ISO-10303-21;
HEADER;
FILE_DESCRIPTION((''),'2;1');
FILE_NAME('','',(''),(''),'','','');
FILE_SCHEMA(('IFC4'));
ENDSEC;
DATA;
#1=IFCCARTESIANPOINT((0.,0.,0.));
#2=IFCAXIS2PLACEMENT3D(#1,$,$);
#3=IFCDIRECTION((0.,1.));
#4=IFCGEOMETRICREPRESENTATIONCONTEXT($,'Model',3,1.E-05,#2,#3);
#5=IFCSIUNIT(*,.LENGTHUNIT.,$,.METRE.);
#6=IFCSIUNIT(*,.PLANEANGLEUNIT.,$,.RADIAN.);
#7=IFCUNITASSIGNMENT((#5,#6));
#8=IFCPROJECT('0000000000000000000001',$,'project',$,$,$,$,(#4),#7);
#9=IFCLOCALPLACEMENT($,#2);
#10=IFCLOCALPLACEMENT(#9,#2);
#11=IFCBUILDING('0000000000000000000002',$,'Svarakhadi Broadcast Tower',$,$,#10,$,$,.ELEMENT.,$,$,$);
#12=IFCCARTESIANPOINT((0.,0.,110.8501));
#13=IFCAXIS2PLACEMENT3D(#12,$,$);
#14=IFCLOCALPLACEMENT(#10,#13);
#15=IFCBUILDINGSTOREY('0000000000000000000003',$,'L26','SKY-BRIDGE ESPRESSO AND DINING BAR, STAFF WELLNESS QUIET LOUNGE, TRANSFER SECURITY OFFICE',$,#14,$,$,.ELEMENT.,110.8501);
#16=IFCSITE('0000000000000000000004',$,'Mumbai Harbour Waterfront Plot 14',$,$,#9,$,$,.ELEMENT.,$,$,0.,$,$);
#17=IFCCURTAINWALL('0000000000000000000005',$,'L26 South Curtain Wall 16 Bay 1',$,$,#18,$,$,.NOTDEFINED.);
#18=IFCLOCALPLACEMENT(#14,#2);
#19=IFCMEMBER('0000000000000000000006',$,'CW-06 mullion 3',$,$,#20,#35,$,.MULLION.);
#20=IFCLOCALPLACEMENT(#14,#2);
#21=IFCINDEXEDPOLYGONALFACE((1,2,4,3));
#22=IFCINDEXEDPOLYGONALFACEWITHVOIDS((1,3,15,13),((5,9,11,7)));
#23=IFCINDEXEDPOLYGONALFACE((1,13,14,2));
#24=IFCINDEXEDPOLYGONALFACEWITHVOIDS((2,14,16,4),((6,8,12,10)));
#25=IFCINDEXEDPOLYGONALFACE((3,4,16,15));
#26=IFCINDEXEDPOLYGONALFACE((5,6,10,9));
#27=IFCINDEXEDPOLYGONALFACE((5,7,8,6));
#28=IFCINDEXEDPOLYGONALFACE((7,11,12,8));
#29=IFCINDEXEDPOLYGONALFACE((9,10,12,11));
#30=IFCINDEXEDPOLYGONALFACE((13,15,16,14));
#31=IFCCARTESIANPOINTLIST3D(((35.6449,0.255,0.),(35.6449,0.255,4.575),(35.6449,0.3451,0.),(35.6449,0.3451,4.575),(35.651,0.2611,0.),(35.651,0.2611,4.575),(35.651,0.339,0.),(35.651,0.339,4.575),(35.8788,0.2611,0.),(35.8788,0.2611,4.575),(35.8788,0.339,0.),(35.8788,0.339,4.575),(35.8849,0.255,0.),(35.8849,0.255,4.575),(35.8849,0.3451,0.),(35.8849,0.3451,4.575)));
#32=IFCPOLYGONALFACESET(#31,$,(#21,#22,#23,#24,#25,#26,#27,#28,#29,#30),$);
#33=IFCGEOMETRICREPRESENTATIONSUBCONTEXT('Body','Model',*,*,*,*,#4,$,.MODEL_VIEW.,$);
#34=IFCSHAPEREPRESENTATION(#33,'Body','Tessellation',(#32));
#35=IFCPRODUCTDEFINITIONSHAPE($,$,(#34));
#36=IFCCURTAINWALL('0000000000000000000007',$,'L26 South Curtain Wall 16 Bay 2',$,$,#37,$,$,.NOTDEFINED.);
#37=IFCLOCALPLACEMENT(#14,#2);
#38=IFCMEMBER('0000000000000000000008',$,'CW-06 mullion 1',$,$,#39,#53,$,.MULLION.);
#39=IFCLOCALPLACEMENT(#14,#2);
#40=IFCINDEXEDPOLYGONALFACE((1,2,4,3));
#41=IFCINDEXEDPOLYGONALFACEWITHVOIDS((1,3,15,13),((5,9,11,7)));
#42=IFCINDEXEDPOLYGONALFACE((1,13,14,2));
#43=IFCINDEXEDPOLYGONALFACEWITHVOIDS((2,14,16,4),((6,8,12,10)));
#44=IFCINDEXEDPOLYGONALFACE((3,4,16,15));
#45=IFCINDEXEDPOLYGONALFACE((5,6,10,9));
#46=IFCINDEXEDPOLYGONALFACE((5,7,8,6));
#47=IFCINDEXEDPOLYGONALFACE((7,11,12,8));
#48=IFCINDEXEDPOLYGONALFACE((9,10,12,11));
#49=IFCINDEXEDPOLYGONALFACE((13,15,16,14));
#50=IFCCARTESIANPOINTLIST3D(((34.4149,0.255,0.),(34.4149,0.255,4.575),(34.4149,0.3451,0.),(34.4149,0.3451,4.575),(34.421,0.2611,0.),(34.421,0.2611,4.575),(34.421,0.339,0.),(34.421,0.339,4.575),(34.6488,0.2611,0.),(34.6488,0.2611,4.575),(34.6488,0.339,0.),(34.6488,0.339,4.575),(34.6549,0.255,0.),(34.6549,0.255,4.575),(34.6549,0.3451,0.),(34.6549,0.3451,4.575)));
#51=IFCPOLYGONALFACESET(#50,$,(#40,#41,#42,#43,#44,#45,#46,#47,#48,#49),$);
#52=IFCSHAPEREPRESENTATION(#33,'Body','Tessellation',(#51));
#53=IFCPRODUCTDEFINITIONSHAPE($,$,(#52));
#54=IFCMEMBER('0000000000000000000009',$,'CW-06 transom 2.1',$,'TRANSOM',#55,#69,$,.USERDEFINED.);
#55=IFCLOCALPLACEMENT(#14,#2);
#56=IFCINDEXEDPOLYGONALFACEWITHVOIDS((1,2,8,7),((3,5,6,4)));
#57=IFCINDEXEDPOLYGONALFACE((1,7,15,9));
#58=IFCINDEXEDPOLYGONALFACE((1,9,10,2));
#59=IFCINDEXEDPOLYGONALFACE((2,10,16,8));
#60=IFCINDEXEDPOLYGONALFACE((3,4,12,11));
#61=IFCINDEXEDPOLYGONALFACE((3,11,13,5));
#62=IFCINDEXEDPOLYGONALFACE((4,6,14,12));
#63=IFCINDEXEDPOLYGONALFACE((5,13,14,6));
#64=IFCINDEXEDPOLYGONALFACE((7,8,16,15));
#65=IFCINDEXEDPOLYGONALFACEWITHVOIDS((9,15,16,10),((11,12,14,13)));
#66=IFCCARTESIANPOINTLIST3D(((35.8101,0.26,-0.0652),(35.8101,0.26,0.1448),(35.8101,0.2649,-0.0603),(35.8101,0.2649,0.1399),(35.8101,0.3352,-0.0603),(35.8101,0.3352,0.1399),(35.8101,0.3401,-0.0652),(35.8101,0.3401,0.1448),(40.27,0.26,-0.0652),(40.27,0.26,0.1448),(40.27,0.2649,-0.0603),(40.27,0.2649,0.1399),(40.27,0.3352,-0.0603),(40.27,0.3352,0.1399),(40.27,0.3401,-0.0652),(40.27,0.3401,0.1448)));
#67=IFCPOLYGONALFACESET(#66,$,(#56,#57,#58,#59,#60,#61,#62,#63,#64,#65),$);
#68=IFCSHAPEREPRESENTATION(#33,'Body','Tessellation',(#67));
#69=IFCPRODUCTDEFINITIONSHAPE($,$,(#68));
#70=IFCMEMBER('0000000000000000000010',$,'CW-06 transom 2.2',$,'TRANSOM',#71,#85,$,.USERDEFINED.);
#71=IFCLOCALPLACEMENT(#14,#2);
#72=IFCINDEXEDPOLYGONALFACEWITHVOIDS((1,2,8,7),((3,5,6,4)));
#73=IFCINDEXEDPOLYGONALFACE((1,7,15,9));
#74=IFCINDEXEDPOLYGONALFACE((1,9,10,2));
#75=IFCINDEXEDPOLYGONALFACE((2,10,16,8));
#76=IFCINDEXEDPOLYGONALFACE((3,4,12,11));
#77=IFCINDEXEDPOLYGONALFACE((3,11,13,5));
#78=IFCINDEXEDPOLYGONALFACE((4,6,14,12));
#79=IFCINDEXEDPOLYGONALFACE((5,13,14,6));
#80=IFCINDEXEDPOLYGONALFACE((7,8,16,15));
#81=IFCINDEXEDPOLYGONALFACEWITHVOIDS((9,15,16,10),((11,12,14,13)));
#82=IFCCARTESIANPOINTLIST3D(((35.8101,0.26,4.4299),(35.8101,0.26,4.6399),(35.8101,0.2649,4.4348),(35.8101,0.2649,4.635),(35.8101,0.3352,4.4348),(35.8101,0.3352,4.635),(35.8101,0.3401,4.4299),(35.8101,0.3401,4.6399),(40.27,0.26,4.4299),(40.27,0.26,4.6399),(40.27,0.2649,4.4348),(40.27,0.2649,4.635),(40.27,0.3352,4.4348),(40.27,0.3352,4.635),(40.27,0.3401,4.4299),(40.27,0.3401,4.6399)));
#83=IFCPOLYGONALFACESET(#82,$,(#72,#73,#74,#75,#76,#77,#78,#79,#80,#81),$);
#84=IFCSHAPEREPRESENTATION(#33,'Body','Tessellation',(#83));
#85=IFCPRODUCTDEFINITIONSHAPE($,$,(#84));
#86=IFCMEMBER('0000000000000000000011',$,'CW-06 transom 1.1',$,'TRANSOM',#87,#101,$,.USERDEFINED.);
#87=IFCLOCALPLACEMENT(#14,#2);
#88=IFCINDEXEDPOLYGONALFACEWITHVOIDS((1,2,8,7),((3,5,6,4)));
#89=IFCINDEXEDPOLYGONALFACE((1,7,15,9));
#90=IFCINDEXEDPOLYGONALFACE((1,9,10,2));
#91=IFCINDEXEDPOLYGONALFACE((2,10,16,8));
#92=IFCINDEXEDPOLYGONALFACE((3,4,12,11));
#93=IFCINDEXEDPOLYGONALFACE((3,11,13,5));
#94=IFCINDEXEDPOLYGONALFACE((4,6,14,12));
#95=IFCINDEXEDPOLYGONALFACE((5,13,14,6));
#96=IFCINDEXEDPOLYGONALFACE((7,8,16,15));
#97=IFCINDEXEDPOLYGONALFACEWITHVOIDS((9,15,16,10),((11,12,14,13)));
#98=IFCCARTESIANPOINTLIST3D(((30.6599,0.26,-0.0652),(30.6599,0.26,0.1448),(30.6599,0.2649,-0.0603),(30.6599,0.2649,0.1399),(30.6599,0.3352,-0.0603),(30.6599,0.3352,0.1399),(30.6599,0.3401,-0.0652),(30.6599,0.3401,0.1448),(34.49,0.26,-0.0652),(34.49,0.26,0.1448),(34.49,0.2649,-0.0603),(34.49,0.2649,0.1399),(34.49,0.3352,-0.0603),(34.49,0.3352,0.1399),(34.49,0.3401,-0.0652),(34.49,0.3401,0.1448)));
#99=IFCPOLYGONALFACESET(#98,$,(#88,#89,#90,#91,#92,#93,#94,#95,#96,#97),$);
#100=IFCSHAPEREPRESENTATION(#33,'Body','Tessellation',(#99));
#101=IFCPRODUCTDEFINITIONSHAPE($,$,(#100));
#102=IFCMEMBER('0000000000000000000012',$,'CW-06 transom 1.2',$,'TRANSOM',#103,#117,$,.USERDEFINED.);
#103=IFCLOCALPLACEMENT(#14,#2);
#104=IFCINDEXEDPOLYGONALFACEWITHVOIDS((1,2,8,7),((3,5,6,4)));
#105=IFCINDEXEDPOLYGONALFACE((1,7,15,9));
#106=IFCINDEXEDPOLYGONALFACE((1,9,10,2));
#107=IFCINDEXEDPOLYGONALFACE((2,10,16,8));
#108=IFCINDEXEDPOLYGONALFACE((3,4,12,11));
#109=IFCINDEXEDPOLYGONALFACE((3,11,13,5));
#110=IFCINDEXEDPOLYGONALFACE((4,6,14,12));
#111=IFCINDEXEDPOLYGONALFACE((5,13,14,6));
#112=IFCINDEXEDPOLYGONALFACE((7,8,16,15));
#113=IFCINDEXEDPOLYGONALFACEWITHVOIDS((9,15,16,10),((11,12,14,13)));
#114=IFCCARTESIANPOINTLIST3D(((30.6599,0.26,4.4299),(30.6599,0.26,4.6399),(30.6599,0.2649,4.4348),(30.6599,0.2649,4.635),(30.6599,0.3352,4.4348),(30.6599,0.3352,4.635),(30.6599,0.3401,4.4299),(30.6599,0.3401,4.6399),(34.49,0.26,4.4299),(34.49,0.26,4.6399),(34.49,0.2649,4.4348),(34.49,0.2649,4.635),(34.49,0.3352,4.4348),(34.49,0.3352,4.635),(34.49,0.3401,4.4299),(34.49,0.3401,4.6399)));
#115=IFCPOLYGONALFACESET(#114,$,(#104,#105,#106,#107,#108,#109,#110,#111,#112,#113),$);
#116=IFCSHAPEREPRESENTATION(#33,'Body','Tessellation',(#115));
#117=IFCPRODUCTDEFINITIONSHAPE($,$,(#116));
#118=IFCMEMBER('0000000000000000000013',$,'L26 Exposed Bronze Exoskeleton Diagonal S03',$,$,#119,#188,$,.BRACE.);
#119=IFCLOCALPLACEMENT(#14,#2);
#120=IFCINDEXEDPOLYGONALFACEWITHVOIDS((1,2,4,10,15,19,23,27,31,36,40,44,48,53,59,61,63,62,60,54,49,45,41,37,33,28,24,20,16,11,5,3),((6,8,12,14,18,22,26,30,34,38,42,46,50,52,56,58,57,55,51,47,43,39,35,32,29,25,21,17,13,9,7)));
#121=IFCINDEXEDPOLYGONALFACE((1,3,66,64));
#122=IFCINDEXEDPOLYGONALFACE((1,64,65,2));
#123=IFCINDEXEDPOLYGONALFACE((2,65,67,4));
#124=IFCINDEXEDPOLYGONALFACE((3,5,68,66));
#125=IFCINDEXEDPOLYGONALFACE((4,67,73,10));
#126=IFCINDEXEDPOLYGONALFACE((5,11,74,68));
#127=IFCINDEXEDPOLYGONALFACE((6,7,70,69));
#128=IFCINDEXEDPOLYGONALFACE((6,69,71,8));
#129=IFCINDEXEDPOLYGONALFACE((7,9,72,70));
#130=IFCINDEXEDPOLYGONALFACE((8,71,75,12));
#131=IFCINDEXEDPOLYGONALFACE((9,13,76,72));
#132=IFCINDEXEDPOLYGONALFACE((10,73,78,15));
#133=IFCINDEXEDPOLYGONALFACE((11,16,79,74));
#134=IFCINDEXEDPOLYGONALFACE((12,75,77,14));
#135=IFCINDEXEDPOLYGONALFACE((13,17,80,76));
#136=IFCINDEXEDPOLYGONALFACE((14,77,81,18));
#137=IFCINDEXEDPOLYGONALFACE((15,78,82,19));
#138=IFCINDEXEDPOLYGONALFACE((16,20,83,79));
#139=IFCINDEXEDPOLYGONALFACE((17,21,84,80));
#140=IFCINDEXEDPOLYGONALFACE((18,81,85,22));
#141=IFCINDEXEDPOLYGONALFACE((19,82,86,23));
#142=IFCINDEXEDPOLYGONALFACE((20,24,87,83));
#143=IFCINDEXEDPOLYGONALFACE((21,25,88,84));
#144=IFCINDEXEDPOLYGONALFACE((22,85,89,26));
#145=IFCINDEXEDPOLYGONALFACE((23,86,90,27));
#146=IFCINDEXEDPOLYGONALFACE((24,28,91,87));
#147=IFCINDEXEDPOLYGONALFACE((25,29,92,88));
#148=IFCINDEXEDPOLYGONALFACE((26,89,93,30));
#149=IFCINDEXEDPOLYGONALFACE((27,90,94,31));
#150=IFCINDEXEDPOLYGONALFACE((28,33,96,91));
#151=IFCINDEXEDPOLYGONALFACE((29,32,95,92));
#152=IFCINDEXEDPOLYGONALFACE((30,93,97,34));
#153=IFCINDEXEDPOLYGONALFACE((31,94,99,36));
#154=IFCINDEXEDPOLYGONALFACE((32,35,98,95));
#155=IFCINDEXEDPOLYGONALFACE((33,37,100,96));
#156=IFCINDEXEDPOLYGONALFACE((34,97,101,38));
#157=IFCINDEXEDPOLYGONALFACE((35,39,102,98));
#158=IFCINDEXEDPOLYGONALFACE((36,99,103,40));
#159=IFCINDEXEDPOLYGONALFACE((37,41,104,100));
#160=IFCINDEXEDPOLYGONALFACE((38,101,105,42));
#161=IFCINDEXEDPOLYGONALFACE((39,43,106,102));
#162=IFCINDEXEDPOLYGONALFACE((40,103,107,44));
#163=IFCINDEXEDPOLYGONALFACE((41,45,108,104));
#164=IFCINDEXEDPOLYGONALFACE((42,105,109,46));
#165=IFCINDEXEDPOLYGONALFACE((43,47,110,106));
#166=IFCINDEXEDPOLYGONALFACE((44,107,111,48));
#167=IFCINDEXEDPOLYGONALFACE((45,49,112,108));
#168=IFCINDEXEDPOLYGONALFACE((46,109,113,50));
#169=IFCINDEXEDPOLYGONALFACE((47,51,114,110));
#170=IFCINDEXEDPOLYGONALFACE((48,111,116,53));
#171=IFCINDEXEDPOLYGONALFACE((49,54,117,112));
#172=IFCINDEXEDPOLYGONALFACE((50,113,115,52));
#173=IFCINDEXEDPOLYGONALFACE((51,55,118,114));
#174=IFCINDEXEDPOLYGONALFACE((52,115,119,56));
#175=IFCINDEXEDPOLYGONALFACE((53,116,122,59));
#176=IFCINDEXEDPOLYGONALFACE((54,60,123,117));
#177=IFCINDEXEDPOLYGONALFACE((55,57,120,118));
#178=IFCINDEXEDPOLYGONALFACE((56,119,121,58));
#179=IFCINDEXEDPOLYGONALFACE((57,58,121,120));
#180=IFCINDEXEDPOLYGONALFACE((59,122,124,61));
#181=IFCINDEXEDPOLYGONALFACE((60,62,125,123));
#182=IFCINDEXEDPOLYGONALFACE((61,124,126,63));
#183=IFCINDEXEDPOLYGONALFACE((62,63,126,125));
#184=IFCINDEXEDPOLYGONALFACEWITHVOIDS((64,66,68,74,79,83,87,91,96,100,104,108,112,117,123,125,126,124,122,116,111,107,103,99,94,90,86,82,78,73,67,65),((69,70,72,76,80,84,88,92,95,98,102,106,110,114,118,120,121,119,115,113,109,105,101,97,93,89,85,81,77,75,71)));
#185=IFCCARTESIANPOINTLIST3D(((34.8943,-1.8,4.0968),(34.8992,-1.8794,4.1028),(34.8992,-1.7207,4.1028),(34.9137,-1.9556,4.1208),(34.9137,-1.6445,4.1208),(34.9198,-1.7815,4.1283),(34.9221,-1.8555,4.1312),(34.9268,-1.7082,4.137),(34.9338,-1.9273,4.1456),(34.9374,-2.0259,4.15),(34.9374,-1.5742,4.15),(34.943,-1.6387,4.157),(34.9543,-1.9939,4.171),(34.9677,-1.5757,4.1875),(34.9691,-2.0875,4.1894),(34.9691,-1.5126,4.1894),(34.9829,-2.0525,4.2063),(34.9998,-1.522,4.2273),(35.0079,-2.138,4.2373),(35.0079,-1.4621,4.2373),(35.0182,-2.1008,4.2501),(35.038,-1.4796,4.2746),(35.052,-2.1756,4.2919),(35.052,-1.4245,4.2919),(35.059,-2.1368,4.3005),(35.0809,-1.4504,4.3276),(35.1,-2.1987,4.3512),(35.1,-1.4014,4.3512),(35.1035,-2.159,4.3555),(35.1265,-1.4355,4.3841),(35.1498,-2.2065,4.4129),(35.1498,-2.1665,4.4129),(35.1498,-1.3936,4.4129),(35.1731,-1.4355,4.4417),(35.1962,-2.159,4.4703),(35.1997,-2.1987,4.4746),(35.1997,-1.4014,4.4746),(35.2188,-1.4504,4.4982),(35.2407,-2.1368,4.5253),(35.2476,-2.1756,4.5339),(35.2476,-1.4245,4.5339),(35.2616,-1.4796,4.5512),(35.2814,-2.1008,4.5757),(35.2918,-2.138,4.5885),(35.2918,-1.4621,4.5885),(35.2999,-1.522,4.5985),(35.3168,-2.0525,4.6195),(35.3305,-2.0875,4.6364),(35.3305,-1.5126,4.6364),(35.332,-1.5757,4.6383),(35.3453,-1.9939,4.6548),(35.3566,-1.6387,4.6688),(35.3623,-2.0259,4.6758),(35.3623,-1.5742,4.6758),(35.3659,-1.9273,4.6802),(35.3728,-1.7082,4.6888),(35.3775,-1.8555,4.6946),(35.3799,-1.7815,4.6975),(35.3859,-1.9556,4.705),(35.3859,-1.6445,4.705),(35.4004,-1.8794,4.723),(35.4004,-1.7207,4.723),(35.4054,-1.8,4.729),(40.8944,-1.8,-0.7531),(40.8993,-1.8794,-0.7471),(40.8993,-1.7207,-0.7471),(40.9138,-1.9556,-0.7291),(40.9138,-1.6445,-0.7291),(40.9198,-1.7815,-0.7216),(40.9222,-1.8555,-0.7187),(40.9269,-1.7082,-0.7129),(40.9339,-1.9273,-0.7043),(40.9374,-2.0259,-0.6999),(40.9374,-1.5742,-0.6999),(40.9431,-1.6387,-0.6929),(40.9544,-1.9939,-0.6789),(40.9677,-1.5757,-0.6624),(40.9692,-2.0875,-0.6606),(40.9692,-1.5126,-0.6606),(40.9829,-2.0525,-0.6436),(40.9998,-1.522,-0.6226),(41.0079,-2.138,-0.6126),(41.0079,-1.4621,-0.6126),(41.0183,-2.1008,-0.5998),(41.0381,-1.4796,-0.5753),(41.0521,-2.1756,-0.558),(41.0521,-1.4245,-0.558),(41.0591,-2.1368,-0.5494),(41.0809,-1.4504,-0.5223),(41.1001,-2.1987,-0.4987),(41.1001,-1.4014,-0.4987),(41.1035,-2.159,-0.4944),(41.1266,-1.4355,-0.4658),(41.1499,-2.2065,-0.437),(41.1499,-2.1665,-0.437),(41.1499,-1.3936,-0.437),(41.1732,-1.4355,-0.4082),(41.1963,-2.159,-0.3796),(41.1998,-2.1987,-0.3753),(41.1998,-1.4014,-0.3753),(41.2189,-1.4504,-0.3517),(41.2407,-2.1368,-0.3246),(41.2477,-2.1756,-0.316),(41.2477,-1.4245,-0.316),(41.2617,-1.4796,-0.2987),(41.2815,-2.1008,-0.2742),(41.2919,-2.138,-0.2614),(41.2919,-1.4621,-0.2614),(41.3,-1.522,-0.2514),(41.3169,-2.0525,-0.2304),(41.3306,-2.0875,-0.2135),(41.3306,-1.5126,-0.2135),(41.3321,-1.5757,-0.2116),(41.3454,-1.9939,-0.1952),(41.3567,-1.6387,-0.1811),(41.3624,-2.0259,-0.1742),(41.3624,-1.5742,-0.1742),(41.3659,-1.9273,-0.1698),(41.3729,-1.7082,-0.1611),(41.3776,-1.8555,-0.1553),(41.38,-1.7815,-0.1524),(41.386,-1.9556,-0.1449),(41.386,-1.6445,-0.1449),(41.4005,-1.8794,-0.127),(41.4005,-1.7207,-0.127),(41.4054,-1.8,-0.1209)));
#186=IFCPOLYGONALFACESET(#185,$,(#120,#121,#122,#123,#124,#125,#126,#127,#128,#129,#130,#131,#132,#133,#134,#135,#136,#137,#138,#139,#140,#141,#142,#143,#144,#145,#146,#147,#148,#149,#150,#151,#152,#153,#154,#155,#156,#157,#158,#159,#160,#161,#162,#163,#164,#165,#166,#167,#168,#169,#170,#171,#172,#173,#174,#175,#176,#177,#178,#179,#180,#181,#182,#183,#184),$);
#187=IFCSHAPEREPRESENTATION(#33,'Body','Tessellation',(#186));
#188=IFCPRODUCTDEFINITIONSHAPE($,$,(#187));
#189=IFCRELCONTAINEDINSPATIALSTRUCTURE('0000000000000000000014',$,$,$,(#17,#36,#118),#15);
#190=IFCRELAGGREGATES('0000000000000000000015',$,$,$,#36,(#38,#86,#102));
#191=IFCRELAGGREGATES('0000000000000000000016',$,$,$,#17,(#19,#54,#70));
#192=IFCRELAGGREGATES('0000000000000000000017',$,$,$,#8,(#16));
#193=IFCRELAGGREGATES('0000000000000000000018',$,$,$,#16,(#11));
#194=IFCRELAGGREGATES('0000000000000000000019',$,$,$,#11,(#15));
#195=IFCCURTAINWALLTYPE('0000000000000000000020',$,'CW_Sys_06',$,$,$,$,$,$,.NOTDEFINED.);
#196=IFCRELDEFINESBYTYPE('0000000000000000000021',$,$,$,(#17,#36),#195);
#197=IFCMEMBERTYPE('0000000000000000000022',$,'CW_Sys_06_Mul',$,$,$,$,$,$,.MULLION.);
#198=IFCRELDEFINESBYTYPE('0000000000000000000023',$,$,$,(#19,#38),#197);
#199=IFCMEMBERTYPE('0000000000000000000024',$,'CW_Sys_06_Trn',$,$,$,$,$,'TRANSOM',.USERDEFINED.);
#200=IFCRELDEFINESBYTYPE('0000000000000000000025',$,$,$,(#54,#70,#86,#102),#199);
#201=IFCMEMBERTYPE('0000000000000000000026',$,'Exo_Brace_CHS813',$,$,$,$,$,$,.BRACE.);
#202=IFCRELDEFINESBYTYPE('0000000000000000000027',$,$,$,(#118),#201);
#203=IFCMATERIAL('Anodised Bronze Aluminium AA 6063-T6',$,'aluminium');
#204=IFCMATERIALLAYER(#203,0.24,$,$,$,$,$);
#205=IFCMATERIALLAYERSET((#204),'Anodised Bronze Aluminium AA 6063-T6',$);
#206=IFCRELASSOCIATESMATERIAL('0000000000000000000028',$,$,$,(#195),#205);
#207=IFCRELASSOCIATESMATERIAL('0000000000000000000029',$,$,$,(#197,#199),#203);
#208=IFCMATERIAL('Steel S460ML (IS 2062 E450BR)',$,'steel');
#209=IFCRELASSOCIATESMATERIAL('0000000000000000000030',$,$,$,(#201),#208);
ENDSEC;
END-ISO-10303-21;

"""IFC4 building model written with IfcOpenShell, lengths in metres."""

from ifc_helpers import new_model, si_unit, direction, frame, origin, origin_2d, place, context, subcontext, project, spatial, hollow_rectangle, hollow_circle, extrude, material, layer, layer_set, material_profile, profile_set, type_object, element, aggregate, save


model = new_model("IFC4")

# Units and contexts
model_context = context("Model", 3, precision=1e-05, world=origin(), true_north=direction((0.0, 1.0)))
body_context = subcontext(model_context, "Body", "Model", "MODEL_VIEW")
ifc_project = project(units=[si_unit("LENGTHUNIT", "METRE"), si_unit("PLANEANGLEUNIT", "RADIAN")], contexts=[model_context])

# Site, building, storey
site_placement = place(None, origin())
site = spatial("IfcSite", under=ifc_project, at=site_placement, Name="Mumbai Harbour Waterfront Plot 14", CompositionType="ELEMENT", RefElevation=0.0)
building_placement = place(site_placement, origin())
building = spatial("IfcBuilding", under=site, at=building_placement, Name="Svarakhadi Broadcast Tower", CompositionType="ELEMENT")
storey_placement = place(building_placement, frame((0.0, 0.0, 110.8501)))
storey = spatial("IfcBuildingStorey", under=building, at=storey_placement, Name="L26", Description="SKY-BRIDGE ESPRESSO AND DINING BAR, STAFF WELLNESS QUIET LOUNGE, TRANSFER SECURITY OFFICE", CompositionType="ELEMENT", Elevation=110.8501)

# Shared definitions
ifc_material_1 = material(Name="Steel S460ML (IS 2062 E450BR)", Category="steel")

# Curtain wall, member
ifc_material_2 = material(Name="Anodised Bronze Aluminium AA 6063-T6", Category="aluminium")
ifc_layer_1 = layer(ifc_material_2, 0.24)
ifc_layer_set_1 = layer_set([ifc_layer_1], Name="Anodised Bronze Aluminium AA 6063-T6")
curtain_wall_type = type_object("IfcCurtainWallType", Name="CW_Sys_06", PredefinedType="NOTDEFINED", material=ifc_layer_set_1)
curtain_wall_1_placement = place(storey_placement, origin())
curtain_wall_1 = element("IfcCurtainWall", 1, at=curtain_wall_1_placement, inside=storey, type_object=curtain_wall_type, Name="L26 South Curtain Wall 16 Bay 1", PredefinedType="NOTDEFINED")
ifc_material_profile_1 = material_profile(ifc_material_2, hollow_rectangle(XDim=0.0901, YDim=0.24, WallThickness=0.0061, at=origin_2d()), Name="ALU MULLION 240x90x6")
ifc_profile_set_1 = profile_set([ifc_material_profile_1], Name="Anodised Bronze Aluminium AA 6063-T6")
member_type_1 = type_object("IfcMemberType", Name="CW_Sys_06_Mul", PredefinedType="MULLION", material=ifc_profile_set_1)
member_1_placement = place(storey_placement, frame((35.7649, 0.3, 0.0), z_axis=(0.0, 0.0, 1.0), x_axis=(0.0, -1.0, 0.0)))
member_1 = element("IfcMember", 2, at=member_1_placement, type_object=member_type_1, Name="CW-06 mullion 3", PredefinedType="MULLION", context=body_context, shape_type="SweptSolid", body=[
    extrude(hollow_rectangle(XDim=0.0901, YDim=0.24, WallThickness=0.0061, at=origin_2d()), origin(), (0.0, 0.0, 1.0), 4.575),
])

# Curtain wall, member
curtain_wall_2_placement = place(storey_placement, origin())
curtain_wall_2 = element("IfcCurtainWall", 3, at=curtain_wall_2_placement, inside=storey, type_object=curtain_wall_type, Name="L26 South Curtain Wall 16 Bay 2", PredefinedType="NOTDEFINED")
member_2_placement = place(storey_placement, frame((34.5349, 0.3, 0.0), z_axis=(0.0, 0.0, 1.0), x_axis=(0.0, -1.0, 0.0)))
member_2 = element("IfcMember", 4, at=member_2_placement, type_object=member_type_1, Name="CW-06 mullion 1", PredefinedType="MULLION", context=body_context, shape_type="SweptSolid", body=[
    extrude(hollow_rectangle(XDim=0.0901, YDim=0.24, WallThickness=0.0061, at=origin_2d()), origin(), (0.0, 0.0, 1.0), 4.575),
])

# Members
ifc_material_profile_2 = material_profile(ifc_material_2, hollow_rectangle(XDim=0.0801, YDim=0.21, WallThickness=0.0049, at=origin_2d()), Name="ALU TRANSOM 210x80x5")
ifc_profile_set_2 = profile_set([ifc_material_profile_2], Name="Anodised Bronze Aluminium AA 6063-T6")
member_type_2 = type_object("IfcMemberType", Name="CW_Sys_06_Trn", ElementType="TRANSOM", PredefinedType="USERDEFINED", material=ifc_profile_set_2)
member_3_placement = place(storey_placement, frame((40.27, 0.3, 0.0398), z_axis=(-1.0, 0.0, 0.0), x_axis=(0.0, -1.0, 0.0)))
member_3 = element("IfcMember", 5, at=member_3_placement, type_object=member_type_2, Name="CW-06 transom 2.1", ObjectType="TRANSOM", PredefinedType="USERDEFINED", context=body_context, shape_type="SweptSolid", body=[
    extrude(hollow_rectangle(XDim=0.0801, YDim=0.21, WallThickness=0.0049, at=origin_2d()), origin(), (0.0, 0.0, 1.0), 4.46),
])
member_4_placement = place(storey_placement, frame((40.27, 0.3, 4.5349), z_axis=(-1.0, 0.0, 0.0), x_axis=(0.0, -1.0, 0.0)))
member_4 = element("IfcMember", 6, at=member_4_placement, type_object=member_type_2, Name="CW-06 transom 2.2", ObjectType="TRANSOM", PredefinedType="USERDEFINED", context=body_context, shape_type="SweptSolid", body=[
    extrude(hollow_rectangle(XDim=0.0801, YDim=0.21, WallThickness=0.0049, at=origin_2d()), origin(), (0.0, 0.0, 1.0), 4.46),
])
member_5_placement = place(storey_placement, frame((34.49, 0.3, 0.0398), z_axis=(-1.0, 0.0, 0.0), x_axis=(0.0, -1.0, 0.0)))
member_5 = element("IfcMember", 7, at=member_5_placement, type_object=member_type_2, Name="CW-06 transom 1.1", ObjectType="TRANSOM", PredefinedType="USERDEFINED", context=body_context, shape_type="SweptSolid", body=[
    extrude(hollow_rectangle(XDim=0.0801, YDim=0.21, WallThickness=0.0049, at=origin_2d()), origin(), (0.0, 0.0, 1.0), 3.8301),
])
member_6_placement = place(storey_placement, frame((34.49, 0.3, 4.5349), z_axis=(-1.0, 0.0, 0.0), x_axis=(0.0, -1.0, 0.0)))
member_6 = element("IfcMember", 8, at=member_6_placement, type_object=member_type_2, Name="CW-06 transom 1.2", ObjectType="TRANSOM", PredefinedType="USERDEFINED", context=body_context, shape_type="SweptSolid", body=[
    extrude(hollow_rectangle(XDim=0.0801, YDim=0.21, WallThickness=0.0049, at=origin_2d()), origin(), (0.0, 0.0, 1.0), 3.8301),
])
aggregate(curtain_wall_2, [member_2, member_5, member_6])

# Member
ifc_material_profile_3 = material_profile(ifc_material_1, hollow_circle(Radius=0.4065, WallThickness=0.04, at=origin_2d()), Name="CHS 813x40")
ifc_profile_set_3 = profile_set([ifc_material_profile_3], Name="Steel S460ML (IS 2062 E450BR)")
member_type_3 = type_object("IfcMemberType", Name="Exo_Brace_CHS813", PredefinedType="BRACE", material=ifc_profile_set_3)
member_7_placement = place(storey_placement, frame((41.1499, -1.8, -0.437), z_axis=(-0.777707, 0.0, 0.628627), x_axis=(0.0, -1.0, 0.0)))
element("IfcMember", 9, at=member_7_placement, inside=storey, type_object=member_type_3, Name="L26 Exposed Bronze Exoskeleton Diagonal S03", PredefinedType="BRACE", context=body_context, shape_type="SweptSolid", body=[
    extrude(hollow_circle(Radius=0.4065, WallThickness=0.04, at=origin_2d()), origin(), (0.0, 0.0, 1.0), 7.7151),
])

aggregate(curtain_wall_1, [member_1, member_3, member_4])

save(model, "model.ifc")
